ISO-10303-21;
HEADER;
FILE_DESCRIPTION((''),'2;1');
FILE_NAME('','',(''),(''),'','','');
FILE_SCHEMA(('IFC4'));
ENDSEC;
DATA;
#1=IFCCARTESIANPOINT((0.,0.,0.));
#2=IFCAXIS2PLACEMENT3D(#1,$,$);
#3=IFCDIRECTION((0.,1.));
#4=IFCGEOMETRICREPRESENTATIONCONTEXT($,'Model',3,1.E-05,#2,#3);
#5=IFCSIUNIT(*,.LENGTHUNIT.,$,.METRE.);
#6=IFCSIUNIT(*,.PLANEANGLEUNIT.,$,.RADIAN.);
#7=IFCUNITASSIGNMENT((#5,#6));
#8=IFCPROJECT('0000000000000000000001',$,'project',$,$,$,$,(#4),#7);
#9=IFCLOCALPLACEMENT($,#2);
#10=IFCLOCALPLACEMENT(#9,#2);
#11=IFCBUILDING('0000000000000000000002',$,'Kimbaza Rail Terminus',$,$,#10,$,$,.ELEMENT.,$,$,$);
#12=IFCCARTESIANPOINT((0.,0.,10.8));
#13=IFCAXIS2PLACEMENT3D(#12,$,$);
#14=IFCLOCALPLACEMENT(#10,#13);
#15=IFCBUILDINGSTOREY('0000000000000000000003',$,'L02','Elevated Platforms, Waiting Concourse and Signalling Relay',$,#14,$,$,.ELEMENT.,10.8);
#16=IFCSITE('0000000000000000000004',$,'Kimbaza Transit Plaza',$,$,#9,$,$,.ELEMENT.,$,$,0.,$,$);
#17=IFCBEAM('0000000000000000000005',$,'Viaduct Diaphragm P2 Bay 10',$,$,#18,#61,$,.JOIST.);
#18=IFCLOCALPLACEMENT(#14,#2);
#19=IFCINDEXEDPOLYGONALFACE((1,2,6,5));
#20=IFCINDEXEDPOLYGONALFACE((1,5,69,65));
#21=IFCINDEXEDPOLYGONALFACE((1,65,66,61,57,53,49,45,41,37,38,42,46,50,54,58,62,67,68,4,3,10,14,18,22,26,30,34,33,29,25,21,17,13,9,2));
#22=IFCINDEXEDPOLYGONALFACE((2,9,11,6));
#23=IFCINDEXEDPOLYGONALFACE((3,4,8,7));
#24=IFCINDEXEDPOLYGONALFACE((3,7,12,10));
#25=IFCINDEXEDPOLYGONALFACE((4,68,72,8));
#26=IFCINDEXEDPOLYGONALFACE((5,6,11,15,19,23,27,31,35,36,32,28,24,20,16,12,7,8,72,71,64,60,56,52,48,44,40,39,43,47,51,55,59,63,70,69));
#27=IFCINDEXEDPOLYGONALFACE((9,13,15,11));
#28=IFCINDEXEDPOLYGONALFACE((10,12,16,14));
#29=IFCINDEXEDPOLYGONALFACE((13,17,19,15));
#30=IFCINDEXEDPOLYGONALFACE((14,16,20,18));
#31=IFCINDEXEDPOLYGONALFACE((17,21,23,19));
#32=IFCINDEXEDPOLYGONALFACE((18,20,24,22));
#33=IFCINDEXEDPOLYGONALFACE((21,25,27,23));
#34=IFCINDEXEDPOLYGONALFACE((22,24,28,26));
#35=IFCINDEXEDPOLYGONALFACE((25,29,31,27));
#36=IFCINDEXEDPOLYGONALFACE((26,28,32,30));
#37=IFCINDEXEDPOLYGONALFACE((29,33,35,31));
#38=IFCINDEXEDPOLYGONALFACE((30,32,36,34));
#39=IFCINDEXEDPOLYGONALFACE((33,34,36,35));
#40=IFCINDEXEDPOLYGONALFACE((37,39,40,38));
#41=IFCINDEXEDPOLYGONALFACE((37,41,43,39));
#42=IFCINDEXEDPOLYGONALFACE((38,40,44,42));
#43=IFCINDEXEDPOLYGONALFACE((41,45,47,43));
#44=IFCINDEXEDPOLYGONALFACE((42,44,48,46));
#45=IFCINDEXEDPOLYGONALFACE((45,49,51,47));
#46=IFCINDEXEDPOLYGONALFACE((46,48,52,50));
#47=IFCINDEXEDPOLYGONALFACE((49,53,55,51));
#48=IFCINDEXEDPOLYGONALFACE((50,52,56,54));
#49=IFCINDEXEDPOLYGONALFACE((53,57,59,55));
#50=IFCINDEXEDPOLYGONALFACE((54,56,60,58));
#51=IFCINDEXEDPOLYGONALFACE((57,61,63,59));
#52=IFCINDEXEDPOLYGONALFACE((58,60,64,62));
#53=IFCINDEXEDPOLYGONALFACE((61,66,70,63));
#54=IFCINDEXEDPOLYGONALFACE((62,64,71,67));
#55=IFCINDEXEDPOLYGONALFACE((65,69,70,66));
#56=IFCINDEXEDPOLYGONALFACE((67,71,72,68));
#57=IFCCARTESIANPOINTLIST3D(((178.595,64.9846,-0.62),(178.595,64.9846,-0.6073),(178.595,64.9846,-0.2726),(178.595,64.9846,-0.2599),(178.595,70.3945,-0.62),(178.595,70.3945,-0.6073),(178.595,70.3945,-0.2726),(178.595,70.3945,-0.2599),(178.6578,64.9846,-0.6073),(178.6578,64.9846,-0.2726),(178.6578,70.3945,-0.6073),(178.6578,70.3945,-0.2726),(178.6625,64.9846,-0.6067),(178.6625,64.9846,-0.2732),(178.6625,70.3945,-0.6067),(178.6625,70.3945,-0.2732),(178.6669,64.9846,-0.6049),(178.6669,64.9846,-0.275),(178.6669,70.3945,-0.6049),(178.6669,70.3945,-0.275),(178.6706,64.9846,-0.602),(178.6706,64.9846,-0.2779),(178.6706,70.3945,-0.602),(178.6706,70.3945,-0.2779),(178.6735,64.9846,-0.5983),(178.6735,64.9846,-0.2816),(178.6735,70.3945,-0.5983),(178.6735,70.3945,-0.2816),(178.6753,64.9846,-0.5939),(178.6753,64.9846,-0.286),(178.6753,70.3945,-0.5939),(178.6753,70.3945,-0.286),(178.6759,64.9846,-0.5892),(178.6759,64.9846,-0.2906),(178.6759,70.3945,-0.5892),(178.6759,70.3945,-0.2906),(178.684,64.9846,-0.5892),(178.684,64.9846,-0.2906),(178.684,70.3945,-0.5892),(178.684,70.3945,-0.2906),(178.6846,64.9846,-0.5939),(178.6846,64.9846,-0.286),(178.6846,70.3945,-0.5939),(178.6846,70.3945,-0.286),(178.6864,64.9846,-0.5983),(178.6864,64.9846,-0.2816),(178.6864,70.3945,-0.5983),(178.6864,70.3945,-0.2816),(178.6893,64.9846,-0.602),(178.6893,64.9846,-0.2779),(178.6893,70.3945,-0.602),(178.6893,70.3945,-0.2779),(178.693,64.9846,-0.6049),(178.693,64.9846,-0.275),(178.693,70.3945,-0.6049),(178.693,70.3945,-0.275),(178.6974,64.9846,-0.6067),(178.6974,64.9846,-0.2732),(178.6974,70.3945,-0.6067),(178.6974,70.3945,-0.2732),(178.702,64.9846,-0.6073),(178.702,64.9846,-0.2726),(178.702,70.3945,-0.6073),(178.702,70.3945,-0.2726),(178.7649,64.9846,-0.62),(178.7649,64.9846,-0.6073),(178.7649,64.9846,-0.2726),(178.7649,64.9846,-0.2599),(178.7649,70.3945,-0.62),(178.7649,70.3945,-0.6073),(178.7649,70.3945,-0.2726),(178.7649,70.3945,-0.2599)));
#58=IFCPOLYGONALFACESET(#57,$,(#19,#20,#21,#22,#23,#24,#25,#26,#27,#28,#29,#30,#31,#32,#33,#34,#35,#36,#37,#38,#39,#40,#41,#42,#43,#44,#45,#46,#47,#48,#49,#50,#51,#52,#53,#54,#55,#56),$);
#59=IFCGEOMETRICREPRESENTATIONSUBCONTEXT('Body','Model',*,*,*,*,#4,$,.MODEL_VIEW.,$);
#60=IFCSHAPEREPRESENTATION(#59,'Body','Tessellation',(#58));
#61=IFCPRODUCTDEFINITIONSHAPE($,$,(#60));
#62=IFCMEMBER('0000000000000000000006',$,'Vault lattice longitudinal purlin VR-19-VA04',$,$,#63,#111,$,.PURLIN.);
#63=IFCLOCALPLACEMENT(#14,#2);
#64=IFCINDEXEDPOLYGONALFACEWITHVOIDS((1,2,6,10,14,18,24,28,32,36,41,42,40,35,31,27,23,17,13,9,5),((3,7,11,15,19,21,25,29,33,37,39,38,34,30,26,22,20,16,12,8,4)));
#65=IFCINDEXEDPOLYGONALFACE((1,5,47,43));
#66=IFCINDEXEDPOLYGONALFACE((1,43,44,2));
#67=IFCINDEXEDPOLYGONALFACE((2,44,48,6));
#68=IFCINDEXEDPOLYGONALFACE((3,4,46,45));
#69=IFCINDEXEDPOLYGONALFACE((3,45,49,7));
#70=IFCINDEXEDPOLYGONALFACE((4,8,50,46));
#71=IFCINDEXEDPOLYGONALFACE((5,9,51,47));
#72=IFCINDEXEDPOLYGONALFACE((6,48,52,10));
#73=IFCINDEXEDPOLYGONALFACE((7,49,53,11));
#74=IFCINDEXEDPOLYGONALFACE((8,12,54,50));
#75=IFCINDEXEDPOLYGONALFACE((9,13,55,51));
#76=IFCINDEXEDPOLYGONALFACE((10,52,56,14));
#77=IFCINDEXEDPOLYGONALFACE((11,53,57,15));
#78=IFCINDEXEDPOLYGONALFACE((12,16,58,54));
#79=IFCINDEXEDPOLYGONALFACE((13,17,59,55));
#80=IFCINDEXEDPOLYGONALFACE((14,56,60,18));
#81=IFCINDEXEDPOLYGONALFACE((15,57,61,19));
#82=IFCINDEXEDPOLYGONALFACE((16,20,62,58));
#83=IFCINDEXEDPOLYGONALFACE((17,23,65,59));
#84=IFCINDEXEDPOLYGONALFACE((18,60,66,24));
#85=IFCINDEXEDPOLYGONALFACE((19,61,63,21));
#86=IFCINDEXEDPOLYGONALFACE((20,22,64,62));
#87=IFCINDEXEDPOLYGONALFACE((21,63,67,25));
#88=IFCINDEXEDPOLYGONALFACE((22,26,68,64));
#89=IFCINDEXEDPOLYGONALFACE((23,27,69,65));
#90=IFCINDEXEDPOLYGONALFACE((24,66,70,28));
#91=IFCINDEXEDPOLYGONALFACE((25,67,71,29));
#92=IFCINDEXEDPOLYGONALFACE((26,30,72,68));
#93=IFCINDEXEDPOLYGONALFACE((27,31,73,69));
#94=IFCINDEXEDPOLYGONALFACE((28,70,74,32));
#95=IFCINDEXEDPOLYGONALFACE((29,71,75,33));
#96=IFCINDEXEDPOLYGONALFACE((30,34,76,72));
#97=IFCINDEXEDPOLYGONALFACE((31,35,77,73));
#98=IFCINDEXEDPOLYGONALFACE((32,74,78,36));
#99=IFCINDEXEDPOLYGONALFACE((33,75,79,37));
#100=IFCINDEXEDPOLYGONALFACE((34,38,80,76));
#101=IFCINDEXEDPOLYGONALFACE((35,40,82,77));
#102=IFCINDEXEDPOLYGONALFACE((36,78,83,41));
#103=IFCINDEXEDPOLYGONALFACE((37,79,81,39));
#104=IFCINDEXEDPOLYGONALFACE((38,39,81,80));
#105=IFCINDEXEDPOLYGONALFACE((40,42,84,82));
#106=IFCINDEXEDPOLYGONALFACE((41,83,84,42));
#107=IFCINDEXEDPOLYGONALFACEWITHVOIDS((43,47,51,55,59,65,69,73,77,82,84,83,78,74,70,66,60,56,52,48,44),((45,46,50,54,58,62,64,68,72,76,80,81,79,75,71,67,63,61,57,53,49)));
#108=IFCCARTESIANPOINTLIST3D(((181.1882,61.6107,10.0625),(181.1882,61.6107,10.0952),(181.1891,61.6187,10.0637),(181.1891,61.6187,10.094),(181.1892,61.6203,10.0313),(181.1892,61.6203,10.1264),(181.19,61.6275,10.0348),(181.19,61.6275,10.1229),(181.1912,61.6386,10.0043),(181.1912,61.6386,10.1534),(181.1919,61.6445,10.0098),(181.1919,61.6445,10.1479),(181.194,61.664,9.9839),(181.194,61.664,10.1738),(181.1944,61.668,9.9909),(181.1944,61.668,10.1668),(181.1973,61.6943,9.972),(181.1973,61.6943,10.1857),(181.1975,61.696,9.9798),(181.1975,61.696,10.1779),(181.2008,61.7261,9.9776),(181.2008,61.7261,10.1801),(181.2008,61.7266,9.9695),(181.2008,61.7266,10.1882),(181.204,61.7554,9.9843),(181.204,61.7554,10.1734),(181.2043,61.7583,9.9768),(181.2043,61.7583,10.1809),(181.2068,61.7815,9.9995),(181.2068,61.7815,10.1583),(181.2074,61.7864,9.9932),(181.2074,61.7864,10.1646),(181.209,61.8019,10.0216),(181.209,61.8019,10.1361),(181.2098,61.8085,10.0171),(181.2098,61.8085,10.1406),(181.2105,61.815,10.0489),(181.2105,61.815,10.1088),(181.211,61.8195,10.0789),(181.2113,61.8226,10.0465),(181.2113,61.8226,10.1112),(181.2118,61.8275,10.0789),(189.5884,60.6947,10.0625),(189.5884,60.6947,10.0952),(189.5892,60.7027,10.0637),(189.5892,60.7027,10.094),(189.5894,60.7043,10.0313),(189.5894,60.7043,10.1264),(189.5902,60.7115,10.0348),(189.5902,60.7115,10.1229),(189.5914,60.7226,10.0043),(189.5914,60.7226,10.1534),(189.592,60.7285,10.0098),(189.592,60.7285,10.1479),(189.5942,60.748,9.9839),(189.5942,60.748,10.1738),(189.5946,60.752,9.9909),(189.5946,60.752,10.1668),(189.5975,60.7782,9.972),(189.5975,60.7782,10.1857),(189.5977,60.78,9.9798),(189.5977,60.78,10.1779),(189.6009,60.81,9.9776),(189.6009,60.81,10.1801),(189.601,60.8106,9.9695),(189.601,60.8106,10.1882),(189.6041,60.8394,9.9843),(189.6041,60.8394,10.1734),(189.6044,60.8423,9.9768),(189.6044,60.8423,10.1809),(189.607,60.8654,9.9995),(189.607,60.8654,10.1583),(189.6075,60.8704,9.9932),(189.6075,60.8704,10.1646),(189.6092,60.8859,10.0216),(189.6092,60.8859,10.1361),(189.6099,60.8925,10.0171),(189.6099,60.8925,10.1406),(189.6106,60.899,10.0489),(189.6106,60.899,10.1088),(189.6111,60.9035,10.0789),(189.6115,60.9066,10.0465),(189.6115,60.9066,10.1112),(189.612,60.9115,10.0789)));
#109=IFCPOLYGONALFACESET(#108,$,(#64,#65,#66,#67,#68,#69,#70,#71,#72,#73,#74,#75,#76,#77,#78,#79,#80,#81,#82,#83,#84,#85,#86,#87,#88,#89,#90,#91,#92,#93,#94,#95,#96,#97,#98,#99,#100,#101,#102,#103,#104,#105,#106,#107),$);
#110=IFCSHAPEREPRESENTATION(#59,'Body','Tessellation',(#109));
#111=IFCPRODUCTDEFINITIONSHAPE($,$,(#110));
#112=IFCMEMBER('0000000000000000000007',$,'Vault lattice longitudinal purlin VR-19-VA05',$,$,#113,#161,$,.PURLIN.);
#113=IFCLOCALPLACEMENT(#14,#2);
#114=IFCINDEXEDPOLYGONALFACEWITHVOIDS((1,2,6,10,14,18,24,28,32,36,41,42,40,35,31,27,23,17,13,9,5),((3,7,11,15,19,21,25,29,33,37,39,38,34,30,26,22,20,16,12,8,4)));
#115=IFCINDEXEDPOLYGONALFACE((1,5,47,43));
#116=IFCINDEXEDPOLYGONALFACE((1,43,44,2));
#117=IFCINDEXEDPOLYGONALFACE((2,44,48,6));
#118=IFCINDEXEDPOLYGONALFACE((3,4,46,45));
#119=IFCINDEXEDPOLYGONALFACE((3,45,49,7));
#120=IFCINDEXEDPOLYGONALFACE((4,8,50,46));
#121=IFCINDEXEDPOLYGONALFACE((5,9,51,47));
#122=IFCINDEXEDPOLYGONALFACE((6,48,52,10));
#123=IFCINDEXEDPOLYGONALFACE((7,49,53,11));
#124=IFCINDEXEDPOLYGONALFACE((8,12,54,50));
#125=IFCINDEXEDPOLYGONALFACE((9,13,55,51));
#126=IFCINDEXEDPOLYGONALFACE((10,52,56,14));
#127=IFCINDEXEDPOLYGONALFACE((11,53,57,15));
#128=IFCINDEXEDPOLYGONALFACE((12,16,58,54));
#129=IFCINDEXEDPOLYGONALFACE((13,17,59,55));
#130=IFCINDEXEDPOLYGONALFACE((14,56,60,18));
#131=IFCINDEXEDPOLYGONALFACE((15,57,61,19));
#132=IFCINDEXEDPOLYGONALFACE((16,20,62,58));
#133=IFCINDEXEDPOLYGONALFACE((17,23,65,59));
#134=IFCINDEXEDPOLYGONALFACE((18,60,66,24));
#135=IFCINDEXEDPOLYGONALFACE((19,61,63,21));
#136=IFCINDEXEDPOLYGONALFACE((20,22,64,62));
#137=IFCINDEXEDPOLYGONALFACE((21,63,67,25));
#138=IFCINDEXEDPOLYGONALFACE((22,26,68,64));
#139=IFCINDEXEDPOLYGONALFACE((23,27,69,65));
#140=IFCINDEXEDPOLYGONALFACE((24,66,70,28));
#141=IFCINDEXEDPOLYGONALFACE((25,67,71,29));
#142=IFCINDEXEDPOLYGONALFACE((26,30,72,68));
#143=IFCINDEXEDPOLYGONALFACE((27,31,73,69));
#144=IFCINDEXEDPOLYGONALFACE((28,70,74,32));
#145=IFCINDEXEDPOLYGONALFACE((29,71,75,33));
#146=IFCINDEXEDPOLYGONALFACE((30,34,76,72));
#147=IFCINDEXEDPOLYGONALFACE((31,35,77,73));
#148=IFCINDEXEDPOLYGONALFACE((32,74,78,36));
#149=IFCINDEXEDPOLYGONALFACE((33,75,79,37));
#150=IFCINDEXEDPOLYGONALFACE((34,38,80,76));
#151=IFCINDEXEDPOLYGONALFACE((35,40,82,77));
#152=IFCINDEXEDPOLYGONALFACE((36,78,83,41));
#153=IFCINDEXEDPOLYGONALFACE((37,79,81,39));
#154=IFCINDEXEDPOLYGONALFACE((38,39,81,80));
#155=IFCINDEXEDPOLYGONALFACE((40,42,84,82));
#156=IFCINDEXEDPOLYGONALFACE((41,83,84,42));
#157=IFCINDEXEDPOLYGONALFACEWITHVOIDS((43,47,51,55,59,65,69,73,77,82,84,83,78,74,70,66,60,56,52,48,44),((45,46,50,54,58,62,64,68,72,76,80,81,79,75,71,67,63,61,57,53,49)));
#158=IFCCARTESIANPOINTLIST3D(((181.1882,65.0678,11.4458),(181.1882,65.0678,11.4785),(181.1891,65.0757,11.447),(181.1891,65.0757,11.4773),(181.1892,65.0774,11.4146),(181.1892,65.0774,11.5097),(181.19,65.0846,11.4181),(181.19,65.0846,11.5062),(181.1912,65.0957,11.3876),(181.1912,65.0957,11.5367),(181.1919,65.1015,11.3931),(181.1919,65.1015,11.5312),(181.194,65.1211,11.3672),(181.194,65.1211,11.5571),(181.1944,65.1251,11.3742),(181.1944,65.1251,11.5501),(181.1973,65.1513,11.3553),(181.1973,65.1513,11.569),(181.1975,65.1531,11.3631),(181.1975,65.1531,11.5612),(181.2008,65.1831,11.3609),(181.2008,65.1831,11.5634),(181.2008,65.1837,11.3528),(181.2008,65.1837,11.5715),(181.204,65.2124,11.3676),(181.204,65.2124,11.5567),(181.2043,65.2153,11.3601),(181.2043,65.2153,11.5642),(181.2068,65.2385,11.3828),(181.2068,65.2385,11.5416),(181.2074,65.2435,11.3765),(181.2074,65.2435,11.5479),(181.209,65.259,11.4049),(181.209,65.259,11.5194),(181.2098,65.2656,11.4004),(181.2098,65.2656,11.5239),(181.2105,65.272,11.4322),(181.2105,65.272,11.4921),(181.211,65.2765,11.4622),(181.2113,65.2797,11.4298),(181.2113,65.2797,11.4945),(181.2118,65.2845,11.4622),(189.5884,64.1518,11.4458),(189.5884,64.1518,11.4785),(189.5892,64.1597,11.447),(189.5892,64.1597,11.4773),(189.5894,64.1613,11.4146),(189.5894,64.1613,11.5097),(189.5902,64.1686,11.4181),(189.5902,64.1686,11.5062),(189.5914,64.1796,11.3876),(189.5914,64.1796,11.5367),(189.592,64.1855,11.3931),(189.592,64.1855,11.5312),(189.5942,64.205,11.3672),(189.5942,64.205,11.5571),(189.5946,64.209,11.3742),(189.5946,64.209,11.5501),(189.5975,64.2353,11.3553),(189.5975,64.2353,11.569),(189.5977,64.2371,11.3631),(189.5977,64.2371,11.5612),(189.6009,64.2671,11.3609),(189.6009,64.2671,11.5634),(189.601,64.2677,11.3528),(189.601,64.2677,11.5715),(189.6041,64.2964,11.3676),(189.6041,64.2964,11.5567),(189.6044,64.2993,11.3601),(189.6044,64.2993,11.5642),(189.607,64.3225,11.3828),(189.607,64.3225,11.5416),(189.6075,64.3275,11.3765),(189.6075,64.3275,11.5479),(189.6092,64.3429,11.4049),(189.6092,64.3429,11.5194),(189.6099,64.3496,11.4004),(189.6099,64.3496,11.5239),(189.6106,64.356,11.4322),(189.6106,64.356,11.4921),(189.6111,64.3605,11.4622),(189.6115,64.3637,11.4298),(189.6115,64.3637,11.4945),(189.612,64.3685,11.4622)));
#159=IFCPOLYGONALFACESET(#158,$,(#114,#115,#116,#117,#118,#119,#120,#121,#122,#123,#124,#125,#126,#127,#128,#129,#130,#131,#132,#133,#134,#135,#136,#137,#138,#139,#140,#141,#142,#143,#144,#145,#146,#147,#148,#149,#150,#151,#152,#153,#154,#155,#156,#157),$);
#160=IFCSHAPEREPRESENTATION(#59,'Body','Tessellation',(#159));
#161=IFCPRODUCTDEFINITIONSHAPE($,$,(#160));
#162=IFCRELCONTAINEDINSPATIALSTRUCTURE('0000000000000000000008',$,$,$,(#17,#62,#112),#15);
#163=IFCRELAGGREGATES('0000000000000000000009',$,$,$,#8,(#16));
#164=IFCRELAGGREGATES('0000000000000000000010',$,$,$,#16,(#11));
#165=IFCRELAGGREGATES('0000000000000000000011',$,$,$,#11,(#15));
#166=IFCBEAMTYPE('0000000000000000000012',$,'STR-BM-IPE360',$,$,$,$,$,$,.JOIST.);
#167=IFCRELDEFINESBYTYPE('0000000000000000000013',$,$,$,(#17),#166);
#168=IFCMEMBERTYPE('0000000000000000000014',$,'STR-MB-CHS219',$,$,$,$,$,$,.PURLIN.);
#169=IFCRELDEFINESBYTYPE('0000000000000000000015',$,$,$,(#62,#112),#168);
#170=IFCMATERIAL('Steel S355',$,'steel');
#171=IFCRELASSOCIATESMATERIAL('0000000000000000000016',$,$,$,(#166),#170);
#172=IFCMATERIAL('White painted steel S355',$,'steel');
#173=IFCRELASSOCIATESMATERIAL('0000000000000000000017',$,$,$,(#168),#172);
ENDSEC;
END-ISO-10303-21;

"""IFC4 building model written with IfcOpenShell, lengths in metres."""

from ifc_helpers import new_model, si_unit, direction, frame, origin, origin_2d, place, context, subcontext, project, spatial, hollow_circle, i_section, extrude, material, material_profile, profile_set, type_object, element, save


model = new_model("IFC4")

# Units and contexts
model_context = context("Model", 3, precision=1e-05, world=origin(), true_north=direction((0.0, 1.0)))
body_context = subcontext(model_context, "Body", "Model", "MODEL_VIEW")
ifc_project = project(units=[si_unit("LENGTHUNIT", "METRE"), si_unit("PLANEANGLEUNIT", "RADIAN")], contexts=[model_context])

# Site, building, storey
site_placement = place(None, origin())
site = spatial("IfcSite", under=ifc_project, at=site_placement, Name="Kimbaza Transit Plaza", CompositionType="ELEMENT", RefElevation=0.0)
building_placement = place(site_placement, origin())
building = spatial("IfcBuilding", under=site, at=building_placement, Name="Kimbaza Rail Terminus", CompositionType="ELEMENT")
storey_placement = place(building_placement, frame((0.0, 0.0, 10.8)))
storey = spatial("IfcBuildingStorey", under=building, at=storey_placement, Name="L02", Description="Elevated Platforms, Waiting Concourse and Signalling Relay", CompositionType="ELEMENT", Elevation=10.8)

# Beam
ifc_material_1 = material(Name="Steel S355", Category="steel")
ifc_material_profile_1 = material_profile(ifc_material_1, i_section(OverallWidth=0.1699, OverallDepth=0.3601, WebThickness=0.0081, FlangeThickness=0.0127, FilletRadius=0.0181, at=origin_2d()), Name="IPE 360")
ifc_profile_set_1 = profile_set([ifc_material_profile_1], Name="Steel S355")
beam_type = type_object("IfcBeamType", Name="STR-BM-IPE360", PredefinedType="JOIST", material=ifc_profile_set_1)
beam_placement = place(storey_placement, frame((178.6799, 64.9846, -0.4399), z_axis=(0.0, 1.0, 0.0), x_axis=(-1.0, 0.0, 0.0)))
element("IfcBeam", 1, at=beam_placement, inside=storey, type_object=beam_type, Name="Viaduct Diaphragm P2 Bay 10", PredefinedType="JOIST", context=body_context, shape_type="SweptSolid", body=[
    extrude(i_section(OverallWidth=0.1699, OverallDepth=0.3601, WebThickness=0.0081, FlangeThickness=0.0127, FilletRadius=0.0181, at=origin_2d()), origin(), (0.0, 0.0, 1.0), 5.4099),
])

# Members
ifc_material_2 = material(Name="White painted steel S355", Category="steel")
ifc_material_profile_2 = material_profile(ifc_material_2, hollow_circle(Radius=0.1096, WallThickness=0.0081, at=origin_2d()), Name="CHS 219.1x8")
ifc_profile_set_2 = profile_set([ifc_material_profile_2], Name="White painted steel S355")
member_type_1 = type_object("IfcMemberType", Name="STR-MB-CHS219", PredefinedType="PURLIN", material=ifc_profile_set_2)
for number, where, z_axis, x_axis, name in (
    (2, (181.2, 61.7185, 10.0789), (0.994107, -0.108405, 0.0), (0.108405, 0.994107, 0.0), "Vault lattice longitudinal purlin VR-19-VA04"),
    (3, (181.2, 65.1755, 11.4622), (0.994107, -0.108405, 0.0), (0.108405, 0.994107, 0.0), "Vault lattice longitudinal purlin VR-19-VA05"),
):
    element("IfcMember", number, at=place(storey_placement, frame(where, z_axis=z_axis, x_axis=x_axis)), inside=storey, type_object=member_type_1, Name=name, PredefinedType="PURLIN", context=body_context, shape_type="SweptSolid", body=[
        extrude(hollow_circle(Radius=0.1096, WallThickness=0.0081, at=origin_2d()), origin(), (0.0, 0.0, 1.0), 8.45),
    ])

save(model, "model.ifc")
